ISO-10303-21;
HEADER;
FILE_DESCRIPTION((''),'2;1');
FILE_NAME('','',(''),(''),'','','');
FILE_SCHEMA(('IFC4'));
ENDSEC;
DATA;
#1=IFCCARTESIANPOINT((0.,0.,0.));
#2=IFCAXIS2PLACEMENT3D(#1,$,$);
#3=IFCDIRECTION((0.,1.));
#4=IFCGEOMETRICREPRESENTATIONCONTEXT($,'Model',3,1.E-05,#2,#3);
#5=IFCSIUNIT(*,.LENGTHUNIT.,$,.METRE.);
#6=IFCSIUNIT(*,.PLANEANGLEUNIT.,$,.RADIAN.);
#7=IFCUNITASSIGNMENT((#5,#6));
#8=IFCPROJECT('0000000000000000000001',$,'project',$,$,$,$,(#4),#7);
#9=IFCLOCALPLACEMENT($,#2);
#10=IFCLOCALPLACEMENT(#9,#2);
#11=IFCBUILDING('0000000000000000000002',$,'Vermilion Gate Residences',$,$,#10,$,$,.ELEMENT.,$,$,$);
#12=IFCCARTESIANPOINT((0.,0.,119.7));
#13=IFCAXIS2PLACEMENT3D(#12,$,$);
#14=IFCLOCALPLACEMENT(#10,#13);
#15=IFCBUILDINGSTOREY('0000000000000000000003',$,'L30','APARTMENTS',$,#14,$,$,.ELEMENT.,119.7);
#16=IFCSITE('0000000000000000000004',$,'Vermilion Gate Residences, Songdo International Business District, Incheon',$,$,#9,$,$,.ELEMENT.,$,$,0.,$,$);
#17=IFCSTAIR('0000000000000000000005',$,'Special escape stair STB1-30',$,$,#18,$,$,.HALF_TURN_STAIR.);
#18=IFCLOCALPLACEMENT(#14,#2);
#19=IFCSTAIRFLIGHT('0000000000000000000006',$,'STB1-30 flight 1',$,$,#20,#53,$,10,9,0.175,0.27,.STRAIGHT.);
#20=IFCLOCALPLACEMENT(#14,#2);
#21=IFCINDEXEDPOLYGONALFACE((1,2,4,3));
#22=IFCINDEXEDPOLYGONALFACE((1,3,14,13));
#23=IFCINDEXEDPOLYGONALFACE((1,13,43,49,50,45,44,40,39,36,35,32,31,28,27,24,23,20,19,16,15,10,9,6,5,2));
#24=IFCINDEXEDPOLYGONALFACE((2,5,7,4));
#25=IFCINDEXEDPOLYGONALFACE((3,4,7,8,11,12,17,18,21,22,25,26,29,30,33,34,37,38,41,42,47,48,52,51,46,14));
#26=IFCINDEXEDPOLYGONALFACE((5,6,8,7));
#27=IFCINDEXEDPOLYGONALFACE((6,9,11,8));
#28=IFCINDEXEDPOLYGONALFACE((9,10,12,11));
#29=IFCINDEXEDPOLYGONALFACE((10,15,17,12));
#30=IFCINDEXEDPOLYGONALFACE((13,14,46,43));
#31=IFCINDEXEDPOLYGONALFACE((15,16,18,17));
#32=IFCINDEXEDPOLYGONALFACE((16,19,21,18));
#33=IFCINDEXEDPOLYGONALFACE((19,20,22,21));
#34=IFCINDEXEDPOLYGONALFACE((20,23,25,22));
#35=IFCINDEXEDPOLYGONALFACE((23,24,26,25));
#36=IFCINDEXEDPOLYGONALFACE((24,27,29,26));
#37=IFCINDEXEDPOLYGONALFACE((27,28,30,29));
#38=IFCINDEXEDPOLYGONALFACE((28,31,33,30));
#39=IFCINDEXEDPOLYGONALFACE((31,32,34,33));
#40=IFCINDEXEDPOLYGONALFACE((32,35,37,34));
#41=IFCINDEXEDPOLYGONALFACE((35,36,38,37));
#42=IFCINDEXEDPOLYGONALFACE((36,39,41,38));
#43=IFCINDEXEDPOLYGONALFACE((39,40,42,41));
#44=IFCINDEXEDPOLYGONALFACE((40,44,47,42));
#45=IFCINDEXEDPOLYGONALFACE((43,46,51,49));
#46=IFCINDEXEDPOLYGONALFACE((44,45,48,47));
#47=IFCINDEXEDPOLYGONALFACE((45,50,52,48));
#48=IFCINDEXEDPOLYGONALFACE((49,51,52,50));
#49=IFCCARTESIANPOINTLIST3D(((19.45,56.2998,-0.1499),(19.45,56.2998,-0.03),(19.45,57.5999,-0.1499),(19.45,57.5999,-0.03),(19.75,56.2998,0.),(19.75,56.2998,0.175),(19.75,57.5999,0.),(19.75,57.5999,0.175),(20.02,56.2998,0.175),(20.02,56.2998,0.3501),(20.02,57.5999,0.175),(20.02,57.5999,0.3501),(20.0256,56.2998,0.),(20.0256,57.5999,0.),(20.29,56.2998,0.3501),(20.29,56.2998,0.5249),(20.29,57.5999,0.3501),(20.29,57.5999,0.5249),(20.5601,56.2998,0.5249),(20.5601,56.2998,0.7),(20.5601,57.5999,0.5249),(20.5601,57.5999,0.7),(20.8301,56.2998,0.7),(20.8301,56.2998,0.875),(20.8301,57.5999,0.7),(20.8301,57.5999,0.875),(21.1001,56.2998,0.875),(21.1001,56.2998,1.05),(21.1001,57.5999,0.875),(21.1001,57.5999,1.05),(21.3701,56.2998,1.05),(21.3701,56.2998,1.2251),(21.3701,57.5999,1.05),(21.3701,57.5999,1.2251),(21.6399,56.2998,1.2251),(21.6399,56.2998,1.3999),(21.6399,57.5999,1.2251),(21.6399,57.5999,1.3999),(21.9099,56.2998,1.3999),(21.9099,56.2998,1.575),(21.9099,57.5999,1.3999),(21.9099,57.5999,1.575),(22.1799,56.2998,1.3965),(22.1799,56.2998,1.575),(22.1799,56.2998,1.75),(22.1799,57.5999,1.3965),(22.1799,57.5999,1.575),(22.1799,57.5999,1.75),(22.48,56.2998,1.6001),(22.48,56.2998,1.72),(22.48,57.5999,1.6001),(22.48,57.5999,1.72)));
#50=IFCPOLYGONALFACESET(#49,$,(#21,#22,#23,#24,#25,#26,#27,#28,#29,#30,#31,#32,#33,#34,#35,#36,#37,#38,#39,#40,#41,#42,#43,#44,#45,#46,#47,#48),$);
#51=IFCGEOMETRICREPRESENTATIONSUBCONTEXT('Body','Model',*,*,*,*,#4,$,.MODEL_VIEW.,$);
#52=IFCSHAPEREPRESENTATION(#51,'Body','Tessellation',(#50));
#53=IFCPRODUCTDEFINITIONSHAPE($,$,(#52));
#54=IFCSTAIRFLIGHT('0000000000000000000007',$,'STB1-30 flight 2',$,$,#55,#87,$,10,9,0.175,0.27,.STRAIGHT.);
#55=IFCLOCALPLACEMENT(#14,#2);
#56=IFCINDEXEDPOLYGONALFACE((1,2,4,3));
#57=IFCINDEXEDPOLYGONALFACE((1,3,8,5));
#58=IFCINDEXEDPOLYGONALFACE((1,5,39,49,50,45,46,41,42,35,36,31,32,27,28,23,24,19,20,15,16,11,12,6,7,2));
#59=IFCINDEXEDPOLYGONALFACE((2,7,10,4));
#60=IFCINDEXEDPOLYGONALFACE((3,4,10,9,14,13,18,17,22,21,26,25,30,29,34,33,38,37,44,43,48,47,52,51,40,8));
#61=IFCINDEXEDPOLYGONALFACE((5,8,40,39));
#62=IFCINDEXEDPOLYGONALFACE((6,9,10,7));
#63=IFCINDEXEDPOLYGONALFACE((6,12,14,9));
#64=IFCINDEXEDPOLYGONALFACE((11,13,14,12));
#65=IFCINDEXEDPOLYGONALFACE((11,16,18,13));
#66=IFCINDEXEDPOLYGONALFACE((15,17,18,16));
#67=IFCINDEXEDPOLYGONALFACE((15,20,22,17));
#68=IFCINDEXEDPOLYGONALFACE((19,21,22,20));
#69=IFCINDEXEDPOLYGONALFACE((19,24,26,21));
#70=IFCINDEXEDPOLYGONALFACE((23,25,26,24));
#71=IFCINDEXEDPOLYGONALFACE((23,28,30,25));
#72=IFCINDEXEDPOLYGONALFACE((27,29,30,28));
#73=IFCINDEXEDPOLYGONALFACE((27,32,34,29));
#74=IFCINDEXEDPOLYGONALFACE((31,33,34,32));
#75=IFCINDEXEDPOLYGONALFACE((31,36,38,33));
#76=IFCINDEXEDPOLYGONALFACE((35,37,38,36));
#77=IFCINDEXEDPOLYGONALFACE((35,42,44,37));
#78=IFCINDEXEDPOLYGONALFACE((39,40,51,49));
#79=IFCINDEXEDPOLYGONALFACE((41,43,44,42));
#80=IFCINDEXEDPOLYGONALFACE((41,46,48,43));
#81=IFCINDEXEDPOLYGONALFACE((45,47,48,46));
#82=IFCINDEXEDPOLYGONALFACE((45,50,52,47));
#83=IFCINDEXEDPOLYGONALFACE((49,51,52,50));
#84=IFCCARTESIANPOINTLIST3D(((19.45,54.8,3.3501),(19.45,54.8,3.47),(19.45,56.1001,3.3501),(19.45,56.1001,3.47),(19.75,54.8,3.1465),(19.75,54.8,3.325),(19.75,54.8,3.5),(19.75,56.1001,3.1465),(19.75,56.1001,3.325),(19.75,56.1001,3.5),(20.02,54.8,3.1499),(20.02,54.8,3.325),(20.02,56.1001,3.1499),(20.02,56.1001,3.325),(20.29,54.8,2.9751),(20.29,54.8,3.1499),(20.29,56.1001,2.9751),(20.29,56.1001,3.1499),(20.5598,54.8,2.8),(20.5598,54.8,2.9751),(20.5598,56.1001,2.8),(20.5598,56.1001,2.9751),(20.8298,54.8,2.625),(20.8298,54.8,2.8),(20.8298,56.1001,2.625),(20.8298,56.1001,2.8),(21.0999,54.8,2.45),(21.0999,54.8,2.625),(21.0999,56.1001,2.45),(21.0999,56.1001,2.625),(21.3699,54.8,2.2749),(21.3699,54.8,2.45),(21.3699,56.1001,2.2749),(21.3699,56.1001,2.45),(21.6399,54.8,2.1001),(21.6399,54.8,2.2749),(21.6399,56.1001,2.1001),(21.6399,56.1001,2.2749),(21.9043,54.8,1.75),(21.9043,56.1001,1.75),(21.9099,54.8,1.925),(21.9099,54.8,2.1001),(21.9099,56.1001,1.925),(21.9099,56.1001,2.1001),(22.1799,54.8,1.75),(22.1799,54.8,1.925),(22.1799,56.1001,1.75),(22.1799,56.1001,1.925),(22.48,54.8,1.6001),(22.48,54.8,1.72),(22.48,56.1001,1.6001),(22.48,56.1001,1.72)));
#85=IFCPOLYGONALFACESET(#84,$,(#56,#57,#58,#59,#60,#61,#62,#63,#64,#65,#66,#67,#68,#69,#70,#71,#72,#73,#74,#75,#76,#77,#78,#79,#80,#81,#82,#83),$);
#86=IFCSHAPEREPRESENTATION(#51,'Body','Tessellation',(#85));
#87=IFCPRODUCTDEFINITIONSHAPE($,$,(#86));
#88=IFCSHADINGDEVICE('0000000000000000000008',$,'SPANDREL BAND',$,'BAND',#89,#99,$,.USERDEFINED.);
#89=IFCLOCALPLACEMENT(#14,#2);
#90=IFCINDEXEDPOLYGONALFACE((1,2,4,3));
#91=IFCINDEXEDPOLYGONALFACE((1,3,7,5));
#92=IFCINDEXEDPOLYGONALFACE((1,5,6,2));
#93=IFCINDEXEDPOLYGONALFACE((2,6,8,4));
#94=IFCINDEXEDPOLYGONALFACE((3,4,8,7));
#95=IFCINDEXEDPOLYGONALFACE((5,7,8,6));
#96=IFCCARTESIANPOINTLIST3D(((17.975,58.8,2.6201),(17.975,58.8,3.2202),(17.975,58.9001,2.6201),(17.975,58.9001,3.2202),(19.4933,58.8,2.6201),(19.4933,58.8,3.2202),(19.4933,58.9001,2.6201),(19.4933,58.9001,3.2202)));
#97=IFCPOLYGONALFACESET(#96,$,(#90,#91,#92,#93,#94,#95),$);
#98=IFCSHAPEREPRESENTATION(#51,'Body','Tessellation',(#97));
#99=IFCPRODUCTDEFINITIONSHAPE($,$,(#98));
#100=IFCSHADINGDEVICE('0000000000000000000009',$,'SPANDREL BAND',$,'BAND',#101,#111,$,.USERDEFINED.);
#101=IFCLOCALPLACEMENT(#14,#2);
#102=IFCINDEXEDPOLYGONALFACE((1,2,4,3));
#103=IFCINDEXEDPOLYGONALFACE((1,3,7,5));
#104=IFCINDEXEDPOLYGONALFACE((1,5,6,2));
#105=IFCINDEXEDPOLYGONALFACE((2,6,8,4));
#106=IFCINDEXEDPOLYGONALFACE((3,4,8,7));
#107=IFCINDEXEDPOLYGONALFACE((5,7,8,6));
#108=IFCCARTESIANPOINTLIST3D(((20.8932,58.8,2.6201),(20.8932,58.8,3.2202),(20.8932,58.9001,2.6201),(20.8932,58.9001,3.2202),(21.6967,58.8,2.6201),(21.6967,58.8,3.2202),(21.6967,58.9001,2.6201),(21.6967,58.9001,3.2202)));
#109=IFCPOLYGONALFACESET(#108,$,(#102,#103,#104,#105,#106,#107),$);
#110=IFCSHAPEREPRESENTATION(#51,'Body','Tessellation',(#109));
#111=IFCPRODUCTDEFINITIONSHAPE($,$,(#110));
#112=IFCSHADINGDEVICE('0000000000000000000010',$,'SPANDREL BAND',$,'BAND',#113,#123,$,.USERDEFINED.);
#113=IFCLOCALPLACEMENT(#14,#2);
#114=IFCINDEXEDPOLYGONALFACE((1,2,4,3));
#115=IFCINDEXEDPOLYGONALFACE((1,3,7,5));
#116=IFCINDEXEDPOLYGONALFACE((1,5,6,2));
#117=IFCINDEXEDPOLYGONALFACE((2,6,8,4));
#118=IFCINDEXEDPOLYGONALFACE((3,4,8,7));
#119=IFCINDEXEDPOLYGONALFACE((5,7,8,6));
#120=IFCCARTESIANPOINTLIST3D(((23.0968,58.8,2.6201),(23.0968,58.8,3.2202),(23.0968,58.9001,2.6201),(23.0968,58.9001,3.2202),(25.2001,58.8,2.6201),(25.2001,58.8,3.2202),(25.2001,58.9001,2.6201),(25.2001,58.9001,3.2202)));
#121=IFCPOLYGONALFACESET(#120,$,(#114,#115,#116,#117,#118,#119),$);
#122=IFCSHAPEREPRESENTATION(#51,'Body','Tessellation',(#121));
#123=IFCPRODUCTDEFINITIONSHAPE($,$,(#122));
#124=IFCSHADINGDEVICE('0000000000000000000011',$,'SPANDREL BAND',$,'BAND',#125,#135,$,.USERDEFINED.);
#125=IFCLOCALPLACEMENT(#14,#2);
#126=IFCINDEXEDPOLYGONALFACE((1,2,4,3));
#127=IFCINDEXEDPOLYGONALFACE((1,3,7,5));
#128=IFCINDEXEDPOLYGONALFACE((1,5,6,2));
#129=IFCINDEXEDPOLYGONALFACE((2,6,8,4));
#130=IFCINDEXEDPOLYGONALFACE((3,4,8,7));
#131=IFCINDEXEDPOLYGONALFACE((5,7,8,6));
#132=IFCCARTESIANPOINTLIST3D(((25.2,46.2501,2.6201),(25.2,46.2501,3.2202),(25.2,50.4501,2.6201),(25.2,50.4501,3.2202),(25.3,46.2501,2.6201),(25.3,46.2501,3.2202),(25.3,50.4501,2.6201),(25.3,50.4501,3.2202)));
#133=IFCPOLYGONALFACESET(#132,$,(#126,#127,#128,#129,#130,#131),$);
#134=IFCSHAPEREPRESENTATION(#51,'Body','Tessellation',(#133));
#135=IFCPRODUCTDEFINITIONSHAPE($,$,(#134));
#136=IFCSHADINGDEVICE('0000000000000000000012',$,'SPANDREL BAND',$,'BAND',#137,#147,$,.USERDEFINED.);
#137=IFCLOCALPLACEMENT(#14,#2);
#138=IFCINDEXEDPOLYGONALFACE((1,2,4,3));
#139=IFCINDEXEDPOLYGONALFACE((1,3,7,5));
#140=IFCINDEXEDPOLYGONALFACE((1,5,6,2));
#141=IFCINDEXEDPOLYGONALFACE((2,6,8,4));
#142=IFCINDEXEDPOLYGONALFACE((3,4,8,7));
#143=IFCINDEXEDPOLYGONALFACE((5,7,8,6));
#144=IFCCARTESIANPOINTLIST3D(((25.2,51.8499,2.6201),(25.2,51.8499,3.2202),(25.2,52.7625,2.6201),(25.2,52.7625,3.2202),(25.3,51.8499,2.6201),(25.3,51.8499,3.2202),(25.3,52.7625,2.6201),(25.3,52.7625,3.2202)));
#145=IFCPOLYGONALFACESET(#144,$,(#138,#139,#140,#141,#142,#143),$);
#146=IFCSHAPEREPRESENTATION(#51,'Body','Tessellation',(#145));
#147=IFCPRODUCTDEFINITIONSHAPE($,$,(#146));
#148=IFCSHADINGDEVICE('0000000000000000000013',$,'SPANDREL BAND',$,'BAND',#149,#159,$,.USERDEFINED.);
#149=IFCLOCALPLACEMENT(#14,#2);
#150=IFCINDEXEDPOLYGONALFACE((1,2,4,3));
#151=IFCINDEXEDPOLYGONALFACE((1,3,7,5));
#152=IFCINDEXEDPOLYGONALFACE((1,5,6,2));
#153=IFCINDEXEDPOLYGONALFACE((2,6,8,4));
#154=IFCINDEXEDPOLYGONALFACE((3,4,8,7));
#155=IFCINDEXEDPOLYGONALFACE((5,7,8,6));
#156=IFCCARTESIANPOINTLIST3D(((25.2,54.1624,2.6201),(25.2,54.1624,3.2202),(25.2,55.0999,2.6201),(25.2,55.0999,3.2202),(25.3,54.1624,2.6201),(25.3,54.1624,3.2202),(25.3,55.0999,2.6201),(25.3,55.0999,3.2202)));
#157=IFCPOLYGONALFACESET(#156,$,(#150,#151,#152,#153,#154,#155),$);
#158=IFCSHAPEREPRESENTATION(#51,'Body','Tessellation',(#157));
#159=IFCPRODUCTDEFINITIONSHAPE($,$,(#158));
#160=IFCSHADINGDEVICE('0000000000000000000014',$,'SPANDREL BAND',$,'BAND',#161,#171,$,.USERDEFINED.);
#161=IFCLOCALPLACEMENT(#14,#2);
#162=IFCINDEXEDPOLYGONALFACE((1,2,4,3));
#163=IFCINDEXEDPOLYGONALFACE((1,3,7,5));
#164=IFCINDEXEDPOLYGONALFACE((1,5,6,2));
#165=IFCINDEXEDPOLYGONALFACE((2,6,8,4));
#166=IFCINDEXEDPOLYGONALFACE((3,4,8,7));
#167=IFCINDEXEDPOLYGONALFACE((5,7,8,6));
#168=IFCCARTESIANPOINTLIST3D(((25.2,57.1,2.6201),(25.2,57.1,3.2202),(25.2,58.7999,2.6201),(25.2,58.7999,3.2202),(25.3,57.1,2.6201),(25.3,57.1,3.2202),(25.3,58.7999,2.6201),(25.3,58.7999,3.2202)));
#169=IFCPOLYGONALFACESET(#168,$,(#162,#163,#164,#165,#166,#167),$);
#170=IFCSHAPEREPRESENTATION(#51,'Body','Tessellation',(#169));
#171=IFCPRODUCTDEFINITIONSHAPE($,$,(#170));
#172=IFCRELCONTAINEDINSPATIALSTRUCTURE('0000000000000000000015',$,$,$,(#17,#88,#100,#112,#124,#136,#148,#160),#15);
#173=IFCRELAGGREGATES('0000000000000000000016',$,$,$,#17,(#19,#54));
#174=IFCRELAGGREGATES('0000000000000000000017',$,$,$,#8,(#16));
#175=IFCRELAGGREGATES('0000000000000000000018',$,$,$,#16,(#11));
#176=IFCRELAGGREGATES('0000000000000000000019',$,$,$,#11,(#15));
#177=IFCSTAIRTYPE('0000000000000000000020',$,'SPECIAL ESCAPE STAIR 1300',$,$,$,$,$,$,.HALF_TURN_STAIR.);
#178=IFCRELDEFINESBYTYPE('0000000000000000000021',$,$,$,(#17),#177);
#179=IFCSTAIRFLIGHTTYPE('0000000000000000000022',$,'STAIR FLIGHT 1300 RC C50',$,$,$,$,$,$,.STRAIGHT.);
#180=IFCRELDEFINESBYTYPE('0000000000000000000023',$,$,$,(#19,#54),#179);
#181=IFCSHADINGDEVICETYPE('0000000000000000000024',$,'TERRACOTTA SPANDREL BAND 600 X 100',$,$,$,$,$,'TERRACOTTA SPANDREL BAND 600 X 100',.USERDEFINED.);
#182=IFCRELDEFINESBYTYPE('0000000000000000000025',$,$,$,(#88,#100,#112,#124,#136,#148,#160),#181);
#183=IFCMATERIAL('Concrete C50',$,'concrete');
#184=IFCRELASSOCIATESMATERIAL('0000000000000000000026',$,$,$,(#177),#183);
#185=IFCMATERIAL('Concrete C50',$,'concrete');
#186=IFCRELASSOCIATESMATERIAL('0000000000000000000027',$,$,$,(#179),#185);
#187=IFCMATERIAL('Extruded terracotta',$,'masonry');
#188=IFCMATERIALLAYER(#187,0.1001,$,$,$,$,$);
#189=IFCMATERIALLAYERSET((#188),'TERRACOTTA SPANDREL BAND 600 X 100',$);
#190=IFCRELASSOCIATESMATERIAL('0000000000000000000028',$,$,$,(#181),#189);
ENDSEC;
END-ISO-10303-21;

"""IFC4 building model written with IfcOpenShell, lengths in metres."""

from ifc_helpers import new_model, si_unit, direction, frame, origin, origin_2d, place, context, subcontext, project, spatial, polyline, rectangle, outline, extrude, material, layer, layer_set, type_object, element, aggregate, save


model = new_model("IFC4")

# Units and contexts
model_context = context("Model", 3, precision=1e-05, world=origin(), true_north=direction((0.0, 1.0)))
body_context = subcontext(model_context, "Body", "Model", "MODEL_VIEW")
ifc_project = project(units=[si_unit("LENGTHUNIT", "METRE"), si_unit("PLANEANGLEUNIT", "RADIAN")], contexts=[model_context])

# Site, building, storey
site_placement = place(None, origin())
site = spatial("IfcSite", under=ifc_project, at=site_placement, Name="Vermilion Gate Residences, Songdo International Business District, Incheon", CompositionType="ELEMENT", RefElevation=0.0)
building_placement = place(site_placement, origin())
building = spatial("IfcBuilding", under=site, at=building_placement, Name="Vermilion Gate Residences", CompositionType="ELEMENT")
storey_placement = place(building_placement, frame((0.0, 0.0, 119.7)))
storey = spatial("IfcBuildingStorey", under=building, at=storey_placement, Name="L30", Description="APARTMENTS", CompositionType="ELEMENT", Elevation=119.7)

# Stair, stair flights
ifc_material_1 = material(Name="Concrete C50", Category="concrete")
stair_type = type_object("IfcStairType", Name="SPECIAL ESCAPE STAIR 1300", PredefinedType="HALF_TURN_STAIR", material=ifc_material_1)
stair_placement = place(storey_placement, origin())
stair = element("IfcStair", 1, at=stair_placement, inside=storey, type_object=stair_type, Name="Special escape stair STB1-30", PredefinedType="HALF_TURN_STAIR")
ifc_material_2 = material(Name="Concrete C50", Category="concrete")
stair_flight_type = type_object("IfcStairFlightType", Name="STAIR FLIGHT 1300 RC C50", PredefinedType="STRAIGHT", material=ifc_material_2)
stair_flight_1_placement = place(storey_placement, frame((19.75, 56.95, 0.0), z_axis=(0.0, 0.0, 1.0), x_axis=(1.0, 0.0, 0.0)))
stair_flight_1 = element("IfcStairFlight", 2, at=stair_flight_1_placement, type_object=stair_flight_type, Name="STB1-30 flight 1", NumberOfRisers=10, NumberOfTreads=9, PredefinedType="STRAIGHT", RiserHeight=0.175, TreadLength=0.27, context=body_context, shape_type="SweptSolid", body=[
    extrude(outline(polyline([(-0.3, -0.1499), (-0.3, -0.03), (0.0, 0.0), (0.0, 0.175), (0.27, 0.175), (0.27, 0.3501), (0.54, 0.3501), (0.54, 0.5249), (0.8101, 0.5249), (0.8101, 0.7), (1.0801, 0.7), (1.0801, 0.875), (1.3501, 0.875), (1.3501, 1.05), (1.6201, 1.05), (1.6201, 1.2251), (1.8899, 1.2251), (1.8899, 1.3999), (2.1599, 1.3999), (2.1599, 1.575), (2.4299, 1.575), (2.4299, 1.75), (2.73, 1.72), (2.73, 1.6001), (2.4299, 1.3965), (0.2756, 0.0), (-0.3, -0.1499)])), frame((0.0, 0.6499, 0.0), z_axis=(0.0, -1.0, 0.0), x_axis=(1.0, 0.0, 0.0)), (0.0, 0.0, 1.0), 1.3),
])
stair_flight_2_placement = place(storey_placement, frame((22.1799, 55.45, 1.75), z_axis=(0.0, 0.0, 1.0), x_axis=(-1.0, 0.0, 0.0)))
stair_flight_2 = element("IfcStairFlight", 3, at=stair_flight_2_placement, type_object=stair_flight_type, Name="STB1-30 flight 2", NumberOfRisers=10, NumberOfTreads=9, PredefinedType="STRAIGHT", RiserHeight=0.175, TreadLength=0.27, context=body_context, shape_type="SweptSolid", body=[
    extrude(outline(polyline([(-0.3, -0.1499), (-0.3, -0.03), (0.0, 0.0), (0.0, 0.175), (0.27, 0.175), (0.27, 0.3501), (0.54, 0.3501), (0.54, 0.5249), (0.8101, 0.5249), (0.8101, 0.7), (1.0801, 0.7), (1.0801, 0.875), (1.3501, 0.875), (1.3501, 1.05), (1.6201, 1.05), (1.6201, 1.2251), (1.8899, 1.2251), (1.8899, 1.3999), (2.1599, 1.3999), (2.1599, 1.575), (2.4299, 1.575), (2.4299, 1.75), (2.73, 1.72), (2.73, 1.6001), (2.4299, 1.3965), (0.2756, 0.0), (-0.3, -0.1499)])), frame((0.0, 0.6499, 0.0), z_axis=(0.0, -1.0, 0.0), x_axis=(1.0, 0.0, 0.0)), (0.0, 0.0, 1.0), 1.3),
])
aggregate(stair, [stair_flight_1, stair_flight_2])

# Shading devices
ifc_material_3 = material(Name="Extruded terracotta", Category="masonry")
ifc_layer_1 = layer(ifc_material_3, 0.1001)
ifc_layer_set_1 = layer_set([ifc_layer_1], Name="TERRACOTTA SPANDREL BAND 600 X 100")
shading_device_type = type_object("IfcShadingDeviceType", Name="TERRACOTTA SPANDREL BAND 600 X 100", ElementType="TERRACOTTA SPANDREL BAND 600 X 100", PredefinedType="USERDEFINED", material=ifc_layer_set_1)
shading_device_1_placement = place(storey_placement, frame((18.7341, 58.8501, 2.6201), z_axis=(0.0, 0.0, 1.0), x_axis=(1.0, 0.0, 0.0)))
element("IfcShadingDevice", 4, at=shading_device_1_placement, inside=storey, type_object=shading_device_type, Name="SPANDREL BAND", ObjectType="BAND", PredefinedType="USERDEFINED", context=body_context, shape_type="SweptSolid", body=[
    extrude(rectangle(XDim=1.5183, YDim=0.1001, at=origin_2d()), origin(), (0.0, 0.0, 1.0), 0.6001),
])
shading_device_2_placement = place(storey_placement, frame((21.2949, 58.8501, 2.6201), z_axis=(0.0, 0.0, 1.0), x_axis=(1.0, 0.0, 0.0)))
element("IfcShadingDevice", 5, at=shading_device_2_placement, inside=storey, type_object=shading_device_type, Name="SPANDREL BAND", ObjectType="BAND", PredefinedType="USERDEFINED", context=body_context, shape_type="SweptSolid", body=[
    extrude(rectangle(XDim=0.8035, YDim=0.1001, at=origin_2d()), origin(), (0.0, 0.0, 1.0), 0.6001),
])
shading_device_3_placement = place(storey_placement, frame((24.1484, 58.8501, 2.6201), z_axis=(0.0, 0.0, 1.0), x_axis=(1.0, 0.0, 0.0)))
element("IfcShadingDevice", 6, at=shading_device_3_placement, inside=storey, type_object=shading_device_type, Name="SPANDREL BAND", ObjectType="BAND", PredefinedType="USERDEFINED", context=body_context, shape_type="SweptSolid", body=[
    extrude(rectangle(XDim=2.1033, YDim=0.1001, at=origin_2d()), origin(), (0.0, 0.0, 1.0), 0.6001),
])
shading_device_4_placement = place(storey_placement, frame((25.25, 48.3501, 2.6201), z_axis=(0.0, 0.0, 1.0), x_axis=(0.0, 1.0, 0.0)))
element("IfcShadingDevice", 7, at=shading_device_4_placement, inside=storey, type_object=shading_device_type, Name="SPANDREL BAND", ObjectType="BAND", PredefinedType="USERDEFINED", context=body_context, shape_type="SweptSolid", body=[
    extrude(rectangle(XDim=4.2, YDim=0.1001, at=origin_2d()), origin(), (0.0, 0.0, 1.0), 0.6001),
])
shading_device_5_placement = place(storey_placement, frame((25.25, 52.3062, 2.6201), z_axis=(0.0, 0.0, 1.0), x_axis=(0.0, 1.0, 0.0)))
element("IfcShadingDevice", 8, at=shading_device_5_placement, inside=storey, type_object=shading_device_type, Name="SPANDREL BAND", ObjectType="BAND", PredefinedType="USERDEFINED", context=body_context, shape_type="SweptSolid", body=[
    extrude(rectangle(XDim=0.9126, YDim=0.1001, at=origin_2d()), origin(), (0.0, 0.0, 1.0), 0.6001),
])
shading_device_6_placement = place(storey_placement, frame((25.25, 54.6311, 2.6201), z_axis=(0.0, 0.0, 1.0), x_axis=(0.0, 1.0, 0.0)))
element("IfcShadingDevice", 9, at=shading_device_6_placement, inside=storey, type_object=shading_device_type, Name="SPANDREL BAND", ObjectType="BAND", PredefinedType="USERDEFINED", context=body_context, shape_type="SweptSolid", body=[
    extrude(rectangle(XDim=0.9375, YDim=0.1001, at=origin_2d()), origin(), (0.0, 0.0, 1.0), 0.6001),
])
shading_device_7_placement = place(storey_placement, frame((25.25, 57.95, 2.6201), z_axis=(0.0, 0.0, 1.0), x_axis=(0.0, 1.0, 0.0)))
element("IfcShadingDevice", 10, at=shading_device_7_placement, inside=storey, type_object=shading_device_type, Name="SPANDREL BAND", ObjectType="BAND", PredefinedType="USERDEFINED", context=body_context, shape_type="SweptSolid", body=[
    extrude(rectangle(XDim=1.7, YDim=0.1001, at=origin_2d()), origin(), (0.0, 0.0, 1.0), 0.6001),
])

save(model, "model.ifc")
